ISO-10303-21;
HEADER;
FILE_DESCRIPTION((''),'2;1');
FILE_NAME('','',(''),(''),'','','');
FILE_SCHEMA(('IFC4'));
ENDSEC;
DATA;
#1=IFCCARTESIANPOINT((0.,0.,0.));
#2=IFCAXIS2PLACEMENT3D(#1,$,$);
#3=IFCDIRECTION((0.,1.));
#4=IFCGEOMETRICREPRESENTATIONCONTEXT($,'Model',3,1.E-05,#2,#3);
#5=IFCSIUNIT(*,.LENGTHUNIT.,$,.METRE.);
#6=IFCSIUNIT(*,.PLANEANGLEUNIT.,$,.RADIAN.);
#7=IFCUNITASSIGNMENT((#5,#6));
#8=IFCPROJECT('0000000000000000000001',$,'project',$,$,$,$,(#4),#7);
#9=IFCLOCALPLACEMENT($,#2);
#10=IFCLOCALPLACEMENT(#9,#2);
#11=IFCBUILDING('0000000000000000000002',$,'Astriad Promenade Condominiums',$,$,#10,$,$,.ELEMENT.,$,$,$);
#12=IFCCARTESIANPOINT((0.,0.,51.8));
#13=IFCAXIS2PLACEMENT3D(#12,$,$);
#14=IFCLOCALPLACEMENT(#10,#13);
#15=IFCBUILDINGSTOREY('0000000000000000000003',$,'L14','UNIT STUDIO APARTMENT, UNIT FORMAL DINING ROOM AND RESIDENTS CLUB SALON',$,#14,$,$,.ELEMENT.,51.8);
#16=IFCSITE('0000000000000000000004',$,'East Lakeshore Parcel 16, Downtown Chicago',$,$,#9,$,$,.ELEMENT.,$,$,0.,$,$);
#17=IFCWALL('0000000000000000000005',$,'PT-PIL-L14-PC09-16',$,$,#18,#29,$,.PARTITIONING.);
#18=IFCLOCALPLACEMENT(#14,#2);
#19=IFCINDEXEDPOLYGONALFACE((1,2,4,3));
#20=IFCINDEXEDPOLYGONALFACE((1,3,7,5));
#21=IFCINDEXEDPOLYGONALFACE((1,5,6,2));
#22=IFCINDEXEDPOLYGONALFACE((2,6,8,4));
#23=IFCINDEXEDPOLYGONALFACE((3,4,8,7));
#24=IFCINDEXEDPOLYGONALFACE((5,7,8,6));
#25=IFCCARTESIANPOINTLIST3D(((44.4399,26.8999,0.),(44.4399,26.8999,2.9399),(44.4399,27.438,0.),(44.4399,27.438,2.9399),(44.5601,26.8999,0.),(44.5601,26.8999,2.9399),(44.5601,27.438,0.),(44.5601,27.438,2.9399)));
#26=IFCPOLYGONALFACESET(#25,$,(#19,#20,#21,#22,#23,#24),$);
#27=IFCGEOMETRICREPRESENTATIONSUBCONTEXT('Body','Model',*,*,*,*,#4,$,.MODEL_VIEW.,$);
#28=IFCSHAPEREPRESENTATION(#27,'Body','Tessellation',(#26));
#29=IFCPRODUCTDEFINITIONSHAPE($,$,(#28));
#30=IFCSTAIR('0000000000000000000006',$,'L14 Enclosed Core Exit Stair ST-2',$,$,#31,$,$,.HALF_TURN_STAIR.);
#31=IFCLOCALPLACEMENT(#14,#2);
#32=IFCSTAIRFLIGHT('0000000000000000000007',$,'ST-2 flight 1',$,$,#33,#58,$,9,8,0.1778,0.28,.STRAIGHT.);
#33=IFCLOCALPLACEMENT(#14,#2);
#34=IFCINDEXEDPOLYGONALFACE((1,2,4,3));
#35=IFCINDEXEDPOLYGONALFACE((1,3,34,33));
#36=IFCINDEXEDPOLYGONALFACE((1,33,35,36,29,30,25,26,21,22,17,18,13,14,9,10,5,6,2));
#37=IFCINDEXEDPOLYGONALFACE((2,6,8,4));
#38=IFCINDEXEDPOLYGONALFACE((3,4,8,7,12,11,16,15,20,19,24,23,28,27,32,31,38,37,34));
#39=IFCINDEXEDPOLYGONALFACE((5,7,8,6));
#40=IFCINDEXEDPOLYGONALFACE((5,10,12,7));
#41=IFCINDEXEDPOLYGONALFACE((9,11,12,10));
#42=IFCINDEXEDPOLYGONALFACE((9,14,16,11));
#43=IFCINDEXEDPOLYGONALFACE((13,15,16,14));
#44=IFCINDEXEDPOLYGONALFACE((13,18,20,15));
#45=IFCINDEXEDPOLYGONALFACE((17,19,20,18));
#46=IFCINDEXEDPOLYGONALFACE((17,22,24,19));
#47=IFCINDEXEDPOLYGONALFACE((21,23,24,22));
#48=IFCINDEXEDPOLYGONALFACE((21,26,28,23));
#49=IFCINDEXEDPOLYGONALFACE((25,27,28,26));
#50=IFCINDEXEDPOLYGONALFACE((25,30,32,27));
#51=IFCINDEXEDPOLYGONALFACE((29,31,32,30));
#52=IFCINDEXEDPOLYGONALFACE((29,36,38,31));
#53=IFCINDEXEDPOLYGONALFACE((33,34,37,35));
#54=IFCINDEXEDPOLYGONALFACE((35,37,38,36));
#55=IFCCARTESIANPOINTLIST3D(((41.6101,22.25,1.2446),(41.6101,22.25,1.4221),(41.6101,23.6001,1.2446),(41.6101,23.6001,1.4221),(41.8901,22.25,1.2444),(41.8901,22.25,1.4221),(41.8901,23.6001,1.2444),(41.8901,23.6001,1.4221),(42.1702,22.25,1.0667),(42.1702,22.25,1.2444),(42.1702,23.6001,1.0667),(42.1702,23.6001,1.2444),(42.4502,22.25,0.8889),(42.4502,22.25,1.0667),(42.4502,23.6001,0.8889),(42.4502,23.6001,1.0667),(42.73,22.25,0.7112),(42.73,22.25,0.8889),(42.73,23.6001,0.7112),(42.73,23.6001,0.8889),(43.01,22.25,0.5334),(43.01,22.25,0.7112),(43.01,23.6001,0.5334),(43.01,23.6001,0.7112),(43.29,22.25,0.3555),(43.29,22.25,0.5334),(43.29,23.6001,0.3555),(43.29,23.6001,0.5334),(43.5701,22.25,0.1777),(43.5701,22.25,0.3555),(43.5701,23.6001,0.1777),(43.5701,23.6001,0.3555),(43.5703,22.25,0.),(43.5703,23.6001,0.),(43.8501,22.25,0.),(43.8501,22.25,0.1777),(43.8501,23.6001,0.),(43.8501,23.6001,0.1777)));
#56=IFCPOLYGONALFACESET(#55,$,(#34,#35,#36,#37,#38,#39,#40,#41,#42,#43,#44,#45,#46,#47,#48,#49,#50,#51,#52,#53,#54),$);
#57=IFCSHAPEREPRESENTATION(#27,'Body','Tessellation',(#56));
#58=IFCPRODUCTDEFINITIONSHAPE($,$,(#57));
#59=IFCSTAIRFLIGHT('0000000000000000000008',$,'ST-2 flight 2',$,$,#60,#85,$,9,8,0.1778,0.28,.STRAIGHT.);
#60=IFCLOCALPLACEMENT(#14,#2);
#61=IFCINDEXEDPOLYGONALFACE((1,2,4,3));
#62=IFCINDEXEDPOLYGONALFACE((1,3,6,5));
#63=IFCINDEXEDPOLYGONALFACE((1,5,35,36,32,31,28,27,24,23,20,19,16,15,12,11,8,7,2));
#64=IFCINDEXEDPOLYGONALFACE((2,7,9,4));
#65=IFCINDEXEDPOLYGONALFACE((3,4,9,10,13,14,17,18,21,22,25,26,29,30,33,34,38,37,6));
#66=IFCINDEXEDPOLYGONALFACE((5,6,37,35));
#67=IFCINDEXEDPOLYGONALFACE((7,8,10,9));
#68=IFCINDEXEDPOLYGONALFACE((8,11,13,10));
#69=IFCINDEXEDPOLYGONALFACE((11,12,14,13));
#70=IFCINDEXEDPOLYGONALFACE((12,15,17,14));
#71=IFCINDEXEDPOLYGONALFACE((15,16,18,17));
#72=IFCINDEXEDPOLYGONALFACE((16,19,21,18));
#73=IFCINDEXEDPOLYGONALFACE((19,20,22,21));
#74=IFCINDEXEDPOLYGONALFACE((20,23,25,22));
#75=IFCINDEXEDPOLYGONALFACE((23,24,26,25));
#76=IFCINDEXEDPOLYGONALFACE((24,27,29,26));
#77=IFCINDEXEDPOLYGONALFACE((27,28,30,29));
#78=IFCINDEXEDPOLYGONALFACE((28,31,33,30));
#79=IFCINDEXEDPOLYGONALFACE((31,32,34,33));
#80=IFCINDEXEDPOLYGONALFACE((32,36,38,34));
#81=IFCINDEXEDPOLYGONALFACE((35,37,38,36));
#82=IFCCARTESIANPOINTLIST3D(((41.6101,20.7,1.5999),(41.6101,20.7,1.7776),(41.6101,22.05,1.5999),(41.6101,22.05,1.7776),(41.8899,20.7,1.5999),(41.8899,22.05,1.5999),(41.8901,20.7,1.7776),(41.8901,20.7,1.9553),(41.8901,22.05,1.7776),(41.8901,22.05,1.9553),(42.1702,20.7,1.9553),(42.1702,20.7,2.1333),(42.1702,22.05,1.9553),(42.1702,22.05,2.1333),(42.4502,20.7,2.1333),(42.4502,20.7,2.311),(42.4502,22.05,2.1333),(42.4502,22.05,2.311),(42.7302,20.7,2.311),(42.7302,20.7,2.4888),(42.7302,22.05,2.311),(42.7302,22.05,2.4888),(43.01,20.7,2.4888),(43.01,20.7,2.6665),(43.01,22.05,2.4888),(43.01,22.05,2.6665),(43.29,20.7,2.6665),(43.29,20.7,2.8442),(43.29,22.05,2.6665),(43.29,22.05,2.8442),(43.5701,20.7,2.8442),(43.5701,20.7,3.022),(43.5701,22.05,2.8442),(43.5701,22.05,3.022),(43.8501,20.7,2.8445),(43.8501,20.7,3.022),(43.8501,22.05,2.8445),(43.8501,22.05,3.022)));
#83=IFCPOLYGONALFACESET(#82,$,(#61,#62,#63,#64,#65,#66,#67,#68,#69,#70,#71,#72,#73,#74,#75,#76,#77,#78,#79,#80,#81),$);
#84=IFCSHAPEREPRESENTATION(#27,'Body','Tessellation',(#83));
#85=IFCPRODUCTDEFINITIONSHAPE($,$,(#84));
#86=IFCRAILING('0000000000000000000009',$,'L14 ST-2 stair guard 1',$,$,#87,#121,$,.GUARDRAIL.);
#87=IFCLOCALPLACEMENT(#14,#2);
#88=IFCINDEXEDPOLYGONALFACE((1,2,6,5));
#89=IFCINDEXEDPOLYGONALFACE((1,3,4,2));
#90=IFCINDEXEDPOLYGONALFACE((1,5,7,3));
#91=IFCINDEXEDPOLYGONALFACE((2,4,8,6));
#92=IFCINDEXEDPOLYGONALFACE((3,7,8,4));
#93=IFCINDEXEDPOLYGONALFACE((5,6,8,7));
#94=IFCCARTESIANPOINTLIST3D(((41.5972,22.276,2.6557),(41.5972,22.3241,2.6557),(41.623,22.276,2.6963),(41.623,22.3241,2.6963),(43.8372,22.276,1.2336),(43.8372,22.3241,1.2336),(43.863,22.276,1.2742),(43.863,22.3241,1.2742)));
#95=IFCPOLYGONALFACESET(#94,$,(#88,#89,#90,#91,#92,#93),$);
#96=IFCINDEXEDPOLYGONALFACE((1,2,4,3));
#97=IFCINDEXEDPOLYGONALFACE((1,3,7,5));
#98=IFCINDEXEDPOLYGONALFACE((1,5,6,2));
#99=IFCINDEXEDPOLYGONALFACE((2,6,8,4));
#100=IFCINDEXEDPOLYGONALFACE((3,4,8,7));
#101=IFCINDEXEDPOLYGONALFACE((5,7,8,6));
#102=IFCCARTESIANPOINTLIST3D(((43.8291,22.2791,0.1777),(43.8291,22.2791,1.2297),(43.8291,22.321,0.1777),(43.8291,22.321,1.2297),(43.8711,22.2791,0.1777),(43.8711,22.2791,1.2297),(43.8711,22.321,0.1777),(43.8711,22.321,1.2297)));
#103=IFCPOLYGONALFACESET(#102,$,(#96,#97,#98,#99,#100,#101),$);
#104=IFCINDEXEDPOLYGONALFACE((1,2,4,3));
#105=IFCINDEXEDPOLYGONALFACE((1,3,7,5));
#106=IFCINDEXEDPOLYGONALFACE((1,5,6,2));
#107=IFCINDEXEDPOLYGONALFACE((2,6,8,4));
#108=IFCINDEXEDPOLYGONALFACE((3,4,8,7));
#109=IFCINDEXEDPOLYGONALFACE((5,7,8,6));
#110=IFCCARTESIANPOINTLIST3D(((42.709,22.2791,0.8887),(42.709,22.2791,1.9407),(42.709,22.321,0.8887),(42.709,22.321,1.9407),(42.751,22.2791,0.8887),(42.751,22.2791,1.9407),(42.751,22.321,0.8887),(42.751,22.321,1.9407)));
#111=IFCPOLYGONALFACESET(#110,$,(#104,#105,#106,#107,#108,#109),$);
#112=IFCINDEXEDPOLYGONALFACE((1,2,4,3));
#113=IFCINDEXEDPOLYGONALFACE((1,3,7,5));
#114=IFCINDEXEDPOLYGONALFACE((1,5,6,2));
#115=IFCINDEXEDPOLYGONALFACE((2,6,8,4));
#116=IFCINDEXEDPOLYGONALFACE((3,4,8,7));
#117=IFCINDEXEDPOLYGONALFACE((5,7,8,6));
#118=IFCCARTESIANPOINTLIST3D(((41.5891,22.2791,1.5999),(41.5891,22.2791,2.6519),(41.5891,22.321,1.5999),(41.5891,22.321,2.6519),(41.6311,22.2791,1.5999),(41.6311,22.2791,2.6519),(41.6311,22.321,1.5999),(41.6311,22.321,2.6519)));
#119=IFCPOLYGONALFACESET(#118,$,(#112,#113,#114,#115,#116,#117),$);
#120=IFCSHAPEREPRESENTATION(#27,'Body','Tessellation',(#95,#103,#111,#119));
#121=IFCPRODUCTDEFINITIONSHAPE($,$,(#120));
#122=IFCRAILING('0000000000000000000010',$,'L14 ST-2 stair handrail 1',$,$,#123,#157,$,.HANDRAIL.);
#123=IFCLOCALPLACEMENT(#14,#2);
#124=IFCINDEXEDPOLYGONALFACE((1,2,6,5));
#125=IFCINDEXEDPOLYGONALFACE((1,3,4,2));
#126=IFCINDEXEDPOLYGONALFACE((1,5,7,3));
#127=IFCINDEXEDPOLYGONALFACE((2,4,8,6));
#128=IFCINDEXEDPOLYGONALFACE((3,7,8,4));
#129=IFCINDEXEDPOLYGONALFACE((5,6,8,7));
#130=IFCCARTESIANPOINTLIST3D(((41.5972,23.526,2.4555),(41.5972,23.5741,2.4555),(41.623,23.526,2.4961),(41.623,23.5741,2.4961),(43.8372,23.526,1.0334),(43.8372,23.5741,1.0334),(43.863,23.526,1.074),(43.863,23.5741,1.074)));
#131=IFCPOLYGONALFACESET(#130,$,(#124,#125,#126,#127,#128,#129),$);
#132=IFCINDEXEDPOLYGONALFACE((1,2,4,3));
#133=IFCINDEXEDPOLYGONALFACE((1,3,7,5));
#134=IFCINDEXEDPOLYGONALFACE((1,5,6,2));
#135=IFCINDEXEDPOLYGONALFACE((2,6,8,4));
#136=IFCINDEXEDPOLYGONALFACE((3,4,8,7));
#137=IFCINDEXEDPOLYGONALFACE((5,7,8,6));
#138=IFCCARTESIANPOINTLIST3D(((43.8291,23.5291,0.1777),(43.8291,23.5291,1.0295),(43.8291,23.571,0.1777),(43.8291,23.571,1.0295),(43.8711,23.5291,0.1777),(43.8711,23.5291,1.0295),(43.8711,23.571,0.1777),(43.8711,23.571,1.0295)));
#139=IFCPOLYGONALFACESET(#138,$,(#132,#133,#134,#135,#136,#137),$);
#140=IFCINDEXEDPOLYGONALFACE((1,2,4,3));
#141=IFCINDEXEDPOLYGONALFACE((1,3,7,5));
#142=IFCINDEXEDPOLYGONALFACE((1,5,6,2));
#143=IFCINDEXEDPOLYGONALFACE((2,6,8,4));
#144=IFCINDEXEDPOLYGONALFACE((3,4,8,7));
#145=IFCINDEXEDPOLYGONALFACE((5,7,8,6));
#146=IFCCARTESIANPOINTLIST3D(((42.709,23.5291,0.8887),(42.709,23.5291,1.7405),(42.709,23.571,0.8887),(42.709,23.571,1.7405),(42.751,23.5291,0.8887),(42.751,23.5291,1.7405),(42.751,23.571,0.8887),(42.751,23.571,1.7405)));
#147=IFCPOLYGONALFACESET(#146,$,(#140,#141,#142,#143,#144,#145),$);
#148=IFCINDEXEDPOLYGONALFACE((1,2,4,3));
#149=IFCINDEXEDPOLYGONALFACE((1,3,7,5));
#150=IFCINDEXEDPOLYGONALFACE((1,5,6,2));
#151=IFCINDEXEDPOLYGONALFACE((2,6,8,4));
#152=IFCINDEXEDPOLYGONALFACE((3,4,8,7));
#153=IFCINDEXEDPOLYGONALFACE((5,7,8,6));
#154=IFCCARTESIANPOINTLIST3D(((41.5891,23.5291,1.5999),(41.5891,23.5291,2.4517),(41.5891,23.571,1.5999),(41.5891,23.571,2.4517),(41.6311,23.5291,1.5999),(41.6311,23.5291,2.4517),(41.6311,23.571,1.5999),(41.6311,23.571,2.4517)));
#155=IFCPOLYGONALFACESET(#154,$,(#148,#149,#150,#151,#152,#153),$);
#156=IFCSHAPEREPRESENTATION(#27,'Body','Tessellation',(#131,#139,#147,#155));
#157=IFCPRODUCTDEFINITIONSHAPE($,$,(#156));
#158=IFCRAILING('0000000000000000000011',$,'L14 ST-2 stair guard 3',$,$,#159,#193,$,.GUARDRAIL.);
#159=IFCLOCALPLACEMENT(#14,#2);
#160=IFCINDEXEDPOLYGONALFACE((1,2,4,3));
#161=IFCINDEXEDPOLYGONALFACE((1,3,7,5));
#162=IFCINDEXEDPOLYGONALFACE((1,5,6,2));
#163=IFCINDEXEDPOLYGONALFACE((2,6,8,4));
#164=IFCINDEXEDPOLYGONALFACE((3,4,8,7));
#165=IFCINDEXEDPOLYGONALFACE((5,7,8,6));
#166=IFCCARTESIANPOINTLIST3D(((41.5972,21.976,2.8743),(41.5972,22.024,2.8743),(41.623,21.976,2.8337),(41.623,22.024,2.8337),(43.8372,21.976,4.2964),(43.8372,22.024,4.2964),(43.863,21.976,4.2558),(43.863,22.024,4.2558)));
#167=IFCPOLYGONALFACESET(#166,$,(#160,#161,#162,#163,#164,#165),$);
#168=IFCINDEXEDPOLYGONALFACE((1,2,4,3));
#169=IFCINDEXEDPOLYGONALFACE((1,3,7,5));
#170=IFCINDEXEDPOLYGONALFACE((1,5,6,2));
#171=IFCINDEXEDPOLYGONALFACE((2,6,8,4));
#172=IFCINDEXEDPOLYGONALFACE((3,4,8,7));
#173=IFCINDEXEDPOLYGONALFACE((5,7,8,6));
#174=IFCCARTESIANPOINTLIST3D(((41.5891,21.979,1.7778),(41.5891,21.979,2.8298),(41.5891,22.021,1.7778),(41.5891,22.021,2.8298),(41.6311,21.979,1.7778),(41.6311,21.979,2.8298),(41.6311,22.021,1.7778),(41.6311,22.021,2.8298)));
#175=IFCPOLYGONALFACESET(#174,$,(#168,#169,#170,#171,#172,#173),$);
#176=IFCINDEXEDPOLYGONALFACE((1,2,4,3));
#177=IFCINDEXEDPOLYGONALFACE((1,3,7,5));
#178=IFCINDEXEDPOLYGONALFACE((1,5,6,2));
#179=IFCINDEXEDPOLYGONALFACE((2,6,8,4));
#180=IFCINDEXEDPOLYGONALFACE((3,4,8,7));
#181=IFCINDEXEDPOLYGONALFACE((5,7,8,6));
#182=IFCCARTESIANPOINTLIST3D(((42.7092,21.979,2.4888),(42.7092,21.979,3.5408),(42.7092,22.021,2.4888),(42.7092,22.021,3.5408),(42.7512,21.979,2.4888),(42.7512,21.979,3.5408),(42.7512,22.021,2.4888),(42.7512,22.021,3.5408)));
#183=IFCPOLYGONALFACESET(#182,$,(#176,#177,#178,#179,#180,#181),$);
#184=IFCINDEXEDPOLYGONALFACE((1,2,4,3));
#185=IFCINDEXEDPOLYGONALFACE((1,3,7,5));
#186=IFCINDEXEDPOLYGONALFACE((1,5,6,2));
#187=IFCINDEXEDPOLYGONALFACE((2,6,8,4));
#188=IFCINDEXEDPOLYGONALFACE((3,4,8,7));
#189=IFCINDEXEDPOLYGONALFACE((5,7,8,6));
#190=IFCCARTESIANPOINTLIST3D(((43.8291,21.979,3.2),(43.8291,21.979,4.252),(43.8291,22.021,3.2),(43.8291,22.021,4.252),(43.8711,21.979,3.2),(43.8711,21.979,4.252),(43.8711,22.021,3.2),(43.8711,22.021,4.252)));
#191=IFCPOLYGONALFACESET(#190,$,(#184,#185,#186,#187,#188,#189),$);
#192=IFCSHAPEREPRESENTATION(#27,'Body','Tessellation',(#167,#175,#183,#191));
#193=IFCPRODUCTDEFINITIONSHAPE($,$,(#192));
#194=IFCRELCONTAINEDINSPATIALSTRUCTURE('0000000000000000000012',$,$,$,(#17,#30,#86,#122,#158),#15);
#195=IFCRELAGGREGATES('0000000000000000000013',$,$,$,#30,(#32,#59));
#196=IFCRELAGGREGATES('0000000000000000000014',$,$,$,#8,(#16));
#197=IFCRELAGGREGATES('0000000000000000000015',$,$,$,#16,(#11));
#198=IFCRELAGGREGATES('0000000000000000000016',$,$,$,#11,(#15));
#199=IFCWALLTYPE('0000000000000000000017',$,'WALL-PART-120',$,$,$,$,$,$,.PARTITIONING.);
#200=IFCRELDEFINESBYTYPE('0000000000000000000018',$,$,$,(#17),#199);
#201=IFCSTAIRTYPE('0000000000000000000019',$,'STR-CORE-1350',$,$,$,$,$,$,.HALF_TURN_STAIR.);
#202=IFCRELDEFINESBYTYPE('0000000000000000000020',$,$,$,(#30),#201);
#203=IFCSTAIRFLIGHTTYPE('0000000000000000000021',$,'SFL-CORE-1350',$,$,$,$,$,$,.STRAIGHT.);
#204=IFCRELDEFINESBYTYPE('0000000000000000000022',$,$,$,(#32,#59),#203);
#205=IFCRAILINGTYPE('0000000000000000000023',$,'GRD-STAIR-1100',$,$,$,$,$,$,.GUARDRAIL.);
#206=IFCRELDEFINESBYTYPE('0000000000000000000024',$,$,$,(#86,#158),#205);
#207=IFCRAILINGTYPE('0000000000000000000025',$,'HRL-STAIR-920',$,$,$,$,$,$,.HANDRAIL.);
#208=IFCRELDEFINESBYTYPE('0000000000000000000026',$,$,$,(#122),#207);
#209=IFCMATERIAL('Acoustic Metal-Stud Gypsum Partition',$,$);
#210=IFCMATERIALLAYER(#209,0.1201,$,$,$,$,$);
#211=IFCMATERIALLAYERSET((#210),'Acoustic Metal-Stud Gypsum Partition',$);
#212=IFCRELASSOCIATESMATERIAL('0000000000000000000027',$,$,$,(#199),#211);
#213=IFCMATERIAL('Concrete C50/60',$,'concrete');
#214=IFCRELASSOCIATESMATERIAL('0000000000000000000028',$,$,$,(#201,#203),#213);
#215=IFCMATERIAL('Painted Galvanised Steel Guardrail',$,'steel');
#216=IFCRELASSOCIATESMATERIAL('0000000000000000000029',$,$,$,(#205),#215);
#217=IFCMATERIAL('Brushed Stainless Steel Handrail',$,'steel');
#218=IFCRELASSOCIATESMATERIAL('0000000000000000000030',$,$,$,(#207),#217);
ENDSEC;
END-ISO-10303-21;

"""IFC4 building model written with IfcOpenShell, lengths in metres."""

from ifc_helpers import new_model, si_unit, direction, frame, frame_2d, origin, origin_2d, place, context, subcontext, project, spatial, polyline, rectangle, outline, extrude, source, transform, mapped, material, layer, layer_set, type_object, type_shapes, element, aggregate, save


model = new_model("IFC4")

# Units and contexts
model_context = context("Model", 3, precision=1e-05, world=origin(), true_north=direction((0.0, 1.0)))
body_context = subcontext(model_context, "Body", "Model", "MODEL_VIEW")
ifc_project = project(units=[si_unit("LENGTHUNIT", "METRE"), si_unit("PLANEANGLEUNIT", "RADIAN")], contexts=[model_context])

# Site, building, storey
site_placement = place(None, origin())
site = spatial("IfcSite", under=ifc_project, at=site_placement, Name="East Lakeshore Parcel 16, Downtown Chicago", CompositionType="ELEMENT", RefElevation=0.0)
building_placement = place(site_placement, origin())
building = spatial("IfcBuilding", under=site, at=building_placement, Name="Astriad Promenade Condominiums", CompositionType="ELEMENT")
storey_placement = place(building_placement, frame((0.0, 0.0, 51.8)))
storey = spatial("IfcBuildingStorey", under=building, at=storey_placement, Name="L14", Description="UNIT STUDIO APARTMENT, UNIT FORMAL DINING ROOM AND RESIDENTS CLUB SALON", CompositionType="ELEMENT", Elevation=51.8)

# Shared definitions
ifc_material_1 = material(Name="Concrete C50/60", Category="concrete")

# Wall
ifc_material_2 = material(Name="Acoustic Metal-Stud Gypsum Partition")
ifc_layer_1 = layer(ifc_material_2, 0.1201)
ifc_layer_set_1 = layer_set([ifc_layer_1], Name="Acoustic Metal-Stud Gypsum Partition")
wall_type_1 = type_object("IfcWallType", Name="WALL-PART-120", PredefinedType="PARTITIONING", material=ifc_layer_set_1)
wall_1_placement = place(storey_placement, frame((44.5, 26.8999, 0.0), z_axis=(0.0, 0.0, 1.0), x_axis=(0.0, 1.0, 0.0)))
element("IfcWall", 1, at=wall_1_placement, inside=storey, type_object=wall_type_1, Name="PT-PIL-L14-PC09-16", PredefinedType="PARTITIONING", context=body_context, shape_type="SweptSolid", body=[
    extrude(rectangle(XDim=0.5381, YDim=0.1201, at=frame_2d((0.269, 0.0))), origin(), (0.0, 0.0, 1.0), 2.9399),
])

# Stair, stair flights
stair_type = type_object("IfcStairType", Name="STR-CORE-1350", PredefinedType="HALF_TURN_STAIR", material=ifc_material_1)
stair_placement = place(storey_placement, origin())
stair = element("IfcStair", 2, at=stair_placement, inside=storey, type_object=stair_type, Name="L14 Enclosed Core Exit Stair ST-2", PredefinedType="HALF_TURN_STAIR")
stair_flight_type = type_object("IfcStairFlightType", Name="SFL-CORE-1350", PredefinedType="STRAIGHT", material=ifc_material_1)
shared_shape_1 = source(origin(), body_context, "Body", "SweptSolid", [
    extrude(outline(polyline([(0.0, 0.0), (0.0, 0.1777), (0.28, 0.1777), (0.28, 0.3555), (0.5601, 0.3555), (0.5601, 0.5334), (0.8401, 0.5334), (0.8401, 0.7112), (1.1201, 0.7112), (1.1201, 0.8889), (1.3999, 0.8889), (1.3999, 1.0667), (1.6799, 1.0667), (1.6799, 1.2444), (1.96, 1.2444), (1.96, 1.4221), (2.24, 1.4221), (2.24, 1.6001), (2.24, 1.2446), (0.2798, 0.0), (0.0, 0.0)])), frame((0.0, 0.675, 0.0), z_axis=(0.0, -1.0, 0.0), x_axis=(1.0, 0.0, 0.0)), (0.0, 0.0, 1.0), 1.3501),
])
type_shapes(stair_flight_type, [shared_shape_1])
stair_flight_1_placement = place(storey_placement, frame((43.8501, 22.925, 0.0), z_axis=(0.0, 0.0, 1.0), x_axis=(-1.0, 0.0, 0.0)))
stair_flight_1 = element("IfcStairFlight", 3, at=stair_flight_1_placement, type_object=stair_flight_type, Name="ST-2 flight 1", NumberOfRisers=9, NumberOfTreads=8, PredefinedType="STRAIGHT", RiserHeight=0.1778, TreadLength=0.28, context=body_context, shape_type="MappedRepresentation", body=[
    mapped(shared_shape_1, transform((0.0, 0.0, 0.0), scale=1.0)),
])
stair_flight_2_placement = place(storey_placement, frame((41.6101, 21.375, 1.5999), z_axis=(0.0, 0.0, 1.0), x_axis=(1.0, 0.0, 0.0)))
stair_flight_2 = element("IfcStairFlight", 4, at=stair_flight_2_placement, type_object=stair_flight_type, Name="ST-2 flight 2", NumberOfRisers=9, NumberOfTreads=8, PredefinedType="STRAIGHT", RiserHeight=0.1778, TreadLength=0.28, context=body_context, shape_type="MappedRepresentation", body=[
    mapped(shared_shape_1, transform((0.0, 0.0, 0.0), scale=1.0)),
])
aggregate(stair, [stair_flight_1, stair_flight_2])

# Railings
ifc_material_3 = material(Name="Painted Galvanised Steel Guardrail", Category="steel")
railing_type_1 = type_object("IfcRailingType", Name="GRD-STAIR-1100", PredefinedType="GUARDRAIL", material=ifc_material_3)
shared_shape_2 = source(origin(), body_context, "Body", "SweptSolid", [
    extrude(rectangle(XDim=0.0481, YDim=0.0481, at=origin_2d()), frame((0.0, 0.0, 1.0762), z_axis=(-0.844229, 0.0, 0.535982), x_axis=(0.0, -1.0, 0.0)), (0.0, 0.0, 1.0), 2.6533),
    extrude(rectangle(XDim=0.042, YDim=0.042, at=origin_2d()), origin(), (0.0, 0.0, 1.0), 1.052),
    extrude(rectangle(XDim=0.042, YDim=0.042, at=origin_2d()), frame((-1.1201, 0.0, 0.7109)), (0.0, 0.0, 1.0), 1.052),
    extrude(rectangle(XDim=0.042, YDim=0.042, at=origin_2d()), frame((-2.24, 0.0, 1.4221)), (0.0, 0.0, 1.0), 1.052),
])
railing_1_placement = place(storey_placement, frame((43.8501, 22.3, 0.1777)))
element("IfcRailing", 5, at=railing_1_placement, inside=storey, type_object=railing_type_1, Name="L14 ST-2 stair guard 1", PredefinedType="GUARDRAIL", context=body_context, shape_type="MappedRepresentation", body=[
    mapped(shared_shape_2, transform((0.0, 0.0, 0.0), scale=1.0)),
])
ifc_material_4 = material(Name="Brushed Stainless Steel Handrail", Category="steel")
railing_type_2 = type_object("IfcRailingType", Name="HRL-STAIR-920", PredefinedType="HANDRAIL", material=ifc_material_4)
shared_shape_3 = source(origin(), body_context, "Body", "SweptSolid", [
    extrude(rectangle(XDim=0.0481, YDim=0.0481, at=origin_2d()), frame((0.0, 0.0, 0.876), z_axis=(-0.844229, 0.0, 0.535982), x_axis=(0.0, -1.0, 0.0)), (0.0, 0.0, 1.0), 2.6533),
    extrude(rectangle(XDim=0.042, YDim=0.042, at=origin_2d()), origin(), (0.0, 0.0, 1.0), 0.8518),
    extrude(rectangle(XDim=0.042, YDim=0.042, at=origin_2d()), frame((-1.1201, 0.0, 0.7109)), (0.0, 0.0, 1.0), 0.8518),
    extrude(rectangle(XDim=0.042, YDim=0.042, at=origin_2d()), frame((-2.24, 0.0, 1.4221)), (0.0, 0.0, 1.0), 0.8518),
])
railing_2_placement = place(storey_placement, frame((43.8501, 23.55, 0.1777)))
element("IfcRailing", 6, at=railing_2_placement, inside=storey, type_object=railing_type_2, Name="L14 ST-2 stair handrail 1", PredefinedType="HANDRAIL", context=body_context, shape_type="MappedRepresentation", body=[
    mapped(shared_shape_3, transform((0.0, 0.0, 0.0), scale=1.0)),
])
shared_shape_4 = source(origin(), body_context, "Body", "SweptSolid", [
    extrude(rectangle(XDim=0.0481, YDim=0.0481, at=origin_2d()), frame((0.0, 0.0, 1.0762), z_axis=(0.844229, 0.0, 0.535982), x_axis=(0.0, 1.0, 0.0)), (0.0, 0.0, 1.0), 2.6533),
    extrude(rectangle(XDim=0.042, YDim=0.042, at=origin_2d()), origin(), (0.0, 0.0, 1.0), 1.052),
    extrude(rectangle(XDim=0.042, YDim=0.042, at=origin_2d()), frame((1.1201, 0.0, 0.7109)), (0.0, 0.0, 1.0), 1.052),
    extrude(rectangle(XDim=0.042, YDim=0.042, at=origin_2d()), frame((2.24, 0.0, 1.4221)), (0.0, 0.0, 1.0), 1.052),
])
railing_3_placement = place(storey_placement, frame((41.6101, 22.0, 1.7778)))
element("IfcRailing", 7, at=railing_3_placement, inside=storey, type_object=railing_type_1, Name="L14 ST-2 stair guard 3", PredefinedType="GUARDRAIL", context=body_context, shape_type="MappedRepresentation", body=[
    mapped(shared_shape_4, transform((0.0, 0.0, 0.0), scale=1.0)),
])

save(model, "model.ifc")
